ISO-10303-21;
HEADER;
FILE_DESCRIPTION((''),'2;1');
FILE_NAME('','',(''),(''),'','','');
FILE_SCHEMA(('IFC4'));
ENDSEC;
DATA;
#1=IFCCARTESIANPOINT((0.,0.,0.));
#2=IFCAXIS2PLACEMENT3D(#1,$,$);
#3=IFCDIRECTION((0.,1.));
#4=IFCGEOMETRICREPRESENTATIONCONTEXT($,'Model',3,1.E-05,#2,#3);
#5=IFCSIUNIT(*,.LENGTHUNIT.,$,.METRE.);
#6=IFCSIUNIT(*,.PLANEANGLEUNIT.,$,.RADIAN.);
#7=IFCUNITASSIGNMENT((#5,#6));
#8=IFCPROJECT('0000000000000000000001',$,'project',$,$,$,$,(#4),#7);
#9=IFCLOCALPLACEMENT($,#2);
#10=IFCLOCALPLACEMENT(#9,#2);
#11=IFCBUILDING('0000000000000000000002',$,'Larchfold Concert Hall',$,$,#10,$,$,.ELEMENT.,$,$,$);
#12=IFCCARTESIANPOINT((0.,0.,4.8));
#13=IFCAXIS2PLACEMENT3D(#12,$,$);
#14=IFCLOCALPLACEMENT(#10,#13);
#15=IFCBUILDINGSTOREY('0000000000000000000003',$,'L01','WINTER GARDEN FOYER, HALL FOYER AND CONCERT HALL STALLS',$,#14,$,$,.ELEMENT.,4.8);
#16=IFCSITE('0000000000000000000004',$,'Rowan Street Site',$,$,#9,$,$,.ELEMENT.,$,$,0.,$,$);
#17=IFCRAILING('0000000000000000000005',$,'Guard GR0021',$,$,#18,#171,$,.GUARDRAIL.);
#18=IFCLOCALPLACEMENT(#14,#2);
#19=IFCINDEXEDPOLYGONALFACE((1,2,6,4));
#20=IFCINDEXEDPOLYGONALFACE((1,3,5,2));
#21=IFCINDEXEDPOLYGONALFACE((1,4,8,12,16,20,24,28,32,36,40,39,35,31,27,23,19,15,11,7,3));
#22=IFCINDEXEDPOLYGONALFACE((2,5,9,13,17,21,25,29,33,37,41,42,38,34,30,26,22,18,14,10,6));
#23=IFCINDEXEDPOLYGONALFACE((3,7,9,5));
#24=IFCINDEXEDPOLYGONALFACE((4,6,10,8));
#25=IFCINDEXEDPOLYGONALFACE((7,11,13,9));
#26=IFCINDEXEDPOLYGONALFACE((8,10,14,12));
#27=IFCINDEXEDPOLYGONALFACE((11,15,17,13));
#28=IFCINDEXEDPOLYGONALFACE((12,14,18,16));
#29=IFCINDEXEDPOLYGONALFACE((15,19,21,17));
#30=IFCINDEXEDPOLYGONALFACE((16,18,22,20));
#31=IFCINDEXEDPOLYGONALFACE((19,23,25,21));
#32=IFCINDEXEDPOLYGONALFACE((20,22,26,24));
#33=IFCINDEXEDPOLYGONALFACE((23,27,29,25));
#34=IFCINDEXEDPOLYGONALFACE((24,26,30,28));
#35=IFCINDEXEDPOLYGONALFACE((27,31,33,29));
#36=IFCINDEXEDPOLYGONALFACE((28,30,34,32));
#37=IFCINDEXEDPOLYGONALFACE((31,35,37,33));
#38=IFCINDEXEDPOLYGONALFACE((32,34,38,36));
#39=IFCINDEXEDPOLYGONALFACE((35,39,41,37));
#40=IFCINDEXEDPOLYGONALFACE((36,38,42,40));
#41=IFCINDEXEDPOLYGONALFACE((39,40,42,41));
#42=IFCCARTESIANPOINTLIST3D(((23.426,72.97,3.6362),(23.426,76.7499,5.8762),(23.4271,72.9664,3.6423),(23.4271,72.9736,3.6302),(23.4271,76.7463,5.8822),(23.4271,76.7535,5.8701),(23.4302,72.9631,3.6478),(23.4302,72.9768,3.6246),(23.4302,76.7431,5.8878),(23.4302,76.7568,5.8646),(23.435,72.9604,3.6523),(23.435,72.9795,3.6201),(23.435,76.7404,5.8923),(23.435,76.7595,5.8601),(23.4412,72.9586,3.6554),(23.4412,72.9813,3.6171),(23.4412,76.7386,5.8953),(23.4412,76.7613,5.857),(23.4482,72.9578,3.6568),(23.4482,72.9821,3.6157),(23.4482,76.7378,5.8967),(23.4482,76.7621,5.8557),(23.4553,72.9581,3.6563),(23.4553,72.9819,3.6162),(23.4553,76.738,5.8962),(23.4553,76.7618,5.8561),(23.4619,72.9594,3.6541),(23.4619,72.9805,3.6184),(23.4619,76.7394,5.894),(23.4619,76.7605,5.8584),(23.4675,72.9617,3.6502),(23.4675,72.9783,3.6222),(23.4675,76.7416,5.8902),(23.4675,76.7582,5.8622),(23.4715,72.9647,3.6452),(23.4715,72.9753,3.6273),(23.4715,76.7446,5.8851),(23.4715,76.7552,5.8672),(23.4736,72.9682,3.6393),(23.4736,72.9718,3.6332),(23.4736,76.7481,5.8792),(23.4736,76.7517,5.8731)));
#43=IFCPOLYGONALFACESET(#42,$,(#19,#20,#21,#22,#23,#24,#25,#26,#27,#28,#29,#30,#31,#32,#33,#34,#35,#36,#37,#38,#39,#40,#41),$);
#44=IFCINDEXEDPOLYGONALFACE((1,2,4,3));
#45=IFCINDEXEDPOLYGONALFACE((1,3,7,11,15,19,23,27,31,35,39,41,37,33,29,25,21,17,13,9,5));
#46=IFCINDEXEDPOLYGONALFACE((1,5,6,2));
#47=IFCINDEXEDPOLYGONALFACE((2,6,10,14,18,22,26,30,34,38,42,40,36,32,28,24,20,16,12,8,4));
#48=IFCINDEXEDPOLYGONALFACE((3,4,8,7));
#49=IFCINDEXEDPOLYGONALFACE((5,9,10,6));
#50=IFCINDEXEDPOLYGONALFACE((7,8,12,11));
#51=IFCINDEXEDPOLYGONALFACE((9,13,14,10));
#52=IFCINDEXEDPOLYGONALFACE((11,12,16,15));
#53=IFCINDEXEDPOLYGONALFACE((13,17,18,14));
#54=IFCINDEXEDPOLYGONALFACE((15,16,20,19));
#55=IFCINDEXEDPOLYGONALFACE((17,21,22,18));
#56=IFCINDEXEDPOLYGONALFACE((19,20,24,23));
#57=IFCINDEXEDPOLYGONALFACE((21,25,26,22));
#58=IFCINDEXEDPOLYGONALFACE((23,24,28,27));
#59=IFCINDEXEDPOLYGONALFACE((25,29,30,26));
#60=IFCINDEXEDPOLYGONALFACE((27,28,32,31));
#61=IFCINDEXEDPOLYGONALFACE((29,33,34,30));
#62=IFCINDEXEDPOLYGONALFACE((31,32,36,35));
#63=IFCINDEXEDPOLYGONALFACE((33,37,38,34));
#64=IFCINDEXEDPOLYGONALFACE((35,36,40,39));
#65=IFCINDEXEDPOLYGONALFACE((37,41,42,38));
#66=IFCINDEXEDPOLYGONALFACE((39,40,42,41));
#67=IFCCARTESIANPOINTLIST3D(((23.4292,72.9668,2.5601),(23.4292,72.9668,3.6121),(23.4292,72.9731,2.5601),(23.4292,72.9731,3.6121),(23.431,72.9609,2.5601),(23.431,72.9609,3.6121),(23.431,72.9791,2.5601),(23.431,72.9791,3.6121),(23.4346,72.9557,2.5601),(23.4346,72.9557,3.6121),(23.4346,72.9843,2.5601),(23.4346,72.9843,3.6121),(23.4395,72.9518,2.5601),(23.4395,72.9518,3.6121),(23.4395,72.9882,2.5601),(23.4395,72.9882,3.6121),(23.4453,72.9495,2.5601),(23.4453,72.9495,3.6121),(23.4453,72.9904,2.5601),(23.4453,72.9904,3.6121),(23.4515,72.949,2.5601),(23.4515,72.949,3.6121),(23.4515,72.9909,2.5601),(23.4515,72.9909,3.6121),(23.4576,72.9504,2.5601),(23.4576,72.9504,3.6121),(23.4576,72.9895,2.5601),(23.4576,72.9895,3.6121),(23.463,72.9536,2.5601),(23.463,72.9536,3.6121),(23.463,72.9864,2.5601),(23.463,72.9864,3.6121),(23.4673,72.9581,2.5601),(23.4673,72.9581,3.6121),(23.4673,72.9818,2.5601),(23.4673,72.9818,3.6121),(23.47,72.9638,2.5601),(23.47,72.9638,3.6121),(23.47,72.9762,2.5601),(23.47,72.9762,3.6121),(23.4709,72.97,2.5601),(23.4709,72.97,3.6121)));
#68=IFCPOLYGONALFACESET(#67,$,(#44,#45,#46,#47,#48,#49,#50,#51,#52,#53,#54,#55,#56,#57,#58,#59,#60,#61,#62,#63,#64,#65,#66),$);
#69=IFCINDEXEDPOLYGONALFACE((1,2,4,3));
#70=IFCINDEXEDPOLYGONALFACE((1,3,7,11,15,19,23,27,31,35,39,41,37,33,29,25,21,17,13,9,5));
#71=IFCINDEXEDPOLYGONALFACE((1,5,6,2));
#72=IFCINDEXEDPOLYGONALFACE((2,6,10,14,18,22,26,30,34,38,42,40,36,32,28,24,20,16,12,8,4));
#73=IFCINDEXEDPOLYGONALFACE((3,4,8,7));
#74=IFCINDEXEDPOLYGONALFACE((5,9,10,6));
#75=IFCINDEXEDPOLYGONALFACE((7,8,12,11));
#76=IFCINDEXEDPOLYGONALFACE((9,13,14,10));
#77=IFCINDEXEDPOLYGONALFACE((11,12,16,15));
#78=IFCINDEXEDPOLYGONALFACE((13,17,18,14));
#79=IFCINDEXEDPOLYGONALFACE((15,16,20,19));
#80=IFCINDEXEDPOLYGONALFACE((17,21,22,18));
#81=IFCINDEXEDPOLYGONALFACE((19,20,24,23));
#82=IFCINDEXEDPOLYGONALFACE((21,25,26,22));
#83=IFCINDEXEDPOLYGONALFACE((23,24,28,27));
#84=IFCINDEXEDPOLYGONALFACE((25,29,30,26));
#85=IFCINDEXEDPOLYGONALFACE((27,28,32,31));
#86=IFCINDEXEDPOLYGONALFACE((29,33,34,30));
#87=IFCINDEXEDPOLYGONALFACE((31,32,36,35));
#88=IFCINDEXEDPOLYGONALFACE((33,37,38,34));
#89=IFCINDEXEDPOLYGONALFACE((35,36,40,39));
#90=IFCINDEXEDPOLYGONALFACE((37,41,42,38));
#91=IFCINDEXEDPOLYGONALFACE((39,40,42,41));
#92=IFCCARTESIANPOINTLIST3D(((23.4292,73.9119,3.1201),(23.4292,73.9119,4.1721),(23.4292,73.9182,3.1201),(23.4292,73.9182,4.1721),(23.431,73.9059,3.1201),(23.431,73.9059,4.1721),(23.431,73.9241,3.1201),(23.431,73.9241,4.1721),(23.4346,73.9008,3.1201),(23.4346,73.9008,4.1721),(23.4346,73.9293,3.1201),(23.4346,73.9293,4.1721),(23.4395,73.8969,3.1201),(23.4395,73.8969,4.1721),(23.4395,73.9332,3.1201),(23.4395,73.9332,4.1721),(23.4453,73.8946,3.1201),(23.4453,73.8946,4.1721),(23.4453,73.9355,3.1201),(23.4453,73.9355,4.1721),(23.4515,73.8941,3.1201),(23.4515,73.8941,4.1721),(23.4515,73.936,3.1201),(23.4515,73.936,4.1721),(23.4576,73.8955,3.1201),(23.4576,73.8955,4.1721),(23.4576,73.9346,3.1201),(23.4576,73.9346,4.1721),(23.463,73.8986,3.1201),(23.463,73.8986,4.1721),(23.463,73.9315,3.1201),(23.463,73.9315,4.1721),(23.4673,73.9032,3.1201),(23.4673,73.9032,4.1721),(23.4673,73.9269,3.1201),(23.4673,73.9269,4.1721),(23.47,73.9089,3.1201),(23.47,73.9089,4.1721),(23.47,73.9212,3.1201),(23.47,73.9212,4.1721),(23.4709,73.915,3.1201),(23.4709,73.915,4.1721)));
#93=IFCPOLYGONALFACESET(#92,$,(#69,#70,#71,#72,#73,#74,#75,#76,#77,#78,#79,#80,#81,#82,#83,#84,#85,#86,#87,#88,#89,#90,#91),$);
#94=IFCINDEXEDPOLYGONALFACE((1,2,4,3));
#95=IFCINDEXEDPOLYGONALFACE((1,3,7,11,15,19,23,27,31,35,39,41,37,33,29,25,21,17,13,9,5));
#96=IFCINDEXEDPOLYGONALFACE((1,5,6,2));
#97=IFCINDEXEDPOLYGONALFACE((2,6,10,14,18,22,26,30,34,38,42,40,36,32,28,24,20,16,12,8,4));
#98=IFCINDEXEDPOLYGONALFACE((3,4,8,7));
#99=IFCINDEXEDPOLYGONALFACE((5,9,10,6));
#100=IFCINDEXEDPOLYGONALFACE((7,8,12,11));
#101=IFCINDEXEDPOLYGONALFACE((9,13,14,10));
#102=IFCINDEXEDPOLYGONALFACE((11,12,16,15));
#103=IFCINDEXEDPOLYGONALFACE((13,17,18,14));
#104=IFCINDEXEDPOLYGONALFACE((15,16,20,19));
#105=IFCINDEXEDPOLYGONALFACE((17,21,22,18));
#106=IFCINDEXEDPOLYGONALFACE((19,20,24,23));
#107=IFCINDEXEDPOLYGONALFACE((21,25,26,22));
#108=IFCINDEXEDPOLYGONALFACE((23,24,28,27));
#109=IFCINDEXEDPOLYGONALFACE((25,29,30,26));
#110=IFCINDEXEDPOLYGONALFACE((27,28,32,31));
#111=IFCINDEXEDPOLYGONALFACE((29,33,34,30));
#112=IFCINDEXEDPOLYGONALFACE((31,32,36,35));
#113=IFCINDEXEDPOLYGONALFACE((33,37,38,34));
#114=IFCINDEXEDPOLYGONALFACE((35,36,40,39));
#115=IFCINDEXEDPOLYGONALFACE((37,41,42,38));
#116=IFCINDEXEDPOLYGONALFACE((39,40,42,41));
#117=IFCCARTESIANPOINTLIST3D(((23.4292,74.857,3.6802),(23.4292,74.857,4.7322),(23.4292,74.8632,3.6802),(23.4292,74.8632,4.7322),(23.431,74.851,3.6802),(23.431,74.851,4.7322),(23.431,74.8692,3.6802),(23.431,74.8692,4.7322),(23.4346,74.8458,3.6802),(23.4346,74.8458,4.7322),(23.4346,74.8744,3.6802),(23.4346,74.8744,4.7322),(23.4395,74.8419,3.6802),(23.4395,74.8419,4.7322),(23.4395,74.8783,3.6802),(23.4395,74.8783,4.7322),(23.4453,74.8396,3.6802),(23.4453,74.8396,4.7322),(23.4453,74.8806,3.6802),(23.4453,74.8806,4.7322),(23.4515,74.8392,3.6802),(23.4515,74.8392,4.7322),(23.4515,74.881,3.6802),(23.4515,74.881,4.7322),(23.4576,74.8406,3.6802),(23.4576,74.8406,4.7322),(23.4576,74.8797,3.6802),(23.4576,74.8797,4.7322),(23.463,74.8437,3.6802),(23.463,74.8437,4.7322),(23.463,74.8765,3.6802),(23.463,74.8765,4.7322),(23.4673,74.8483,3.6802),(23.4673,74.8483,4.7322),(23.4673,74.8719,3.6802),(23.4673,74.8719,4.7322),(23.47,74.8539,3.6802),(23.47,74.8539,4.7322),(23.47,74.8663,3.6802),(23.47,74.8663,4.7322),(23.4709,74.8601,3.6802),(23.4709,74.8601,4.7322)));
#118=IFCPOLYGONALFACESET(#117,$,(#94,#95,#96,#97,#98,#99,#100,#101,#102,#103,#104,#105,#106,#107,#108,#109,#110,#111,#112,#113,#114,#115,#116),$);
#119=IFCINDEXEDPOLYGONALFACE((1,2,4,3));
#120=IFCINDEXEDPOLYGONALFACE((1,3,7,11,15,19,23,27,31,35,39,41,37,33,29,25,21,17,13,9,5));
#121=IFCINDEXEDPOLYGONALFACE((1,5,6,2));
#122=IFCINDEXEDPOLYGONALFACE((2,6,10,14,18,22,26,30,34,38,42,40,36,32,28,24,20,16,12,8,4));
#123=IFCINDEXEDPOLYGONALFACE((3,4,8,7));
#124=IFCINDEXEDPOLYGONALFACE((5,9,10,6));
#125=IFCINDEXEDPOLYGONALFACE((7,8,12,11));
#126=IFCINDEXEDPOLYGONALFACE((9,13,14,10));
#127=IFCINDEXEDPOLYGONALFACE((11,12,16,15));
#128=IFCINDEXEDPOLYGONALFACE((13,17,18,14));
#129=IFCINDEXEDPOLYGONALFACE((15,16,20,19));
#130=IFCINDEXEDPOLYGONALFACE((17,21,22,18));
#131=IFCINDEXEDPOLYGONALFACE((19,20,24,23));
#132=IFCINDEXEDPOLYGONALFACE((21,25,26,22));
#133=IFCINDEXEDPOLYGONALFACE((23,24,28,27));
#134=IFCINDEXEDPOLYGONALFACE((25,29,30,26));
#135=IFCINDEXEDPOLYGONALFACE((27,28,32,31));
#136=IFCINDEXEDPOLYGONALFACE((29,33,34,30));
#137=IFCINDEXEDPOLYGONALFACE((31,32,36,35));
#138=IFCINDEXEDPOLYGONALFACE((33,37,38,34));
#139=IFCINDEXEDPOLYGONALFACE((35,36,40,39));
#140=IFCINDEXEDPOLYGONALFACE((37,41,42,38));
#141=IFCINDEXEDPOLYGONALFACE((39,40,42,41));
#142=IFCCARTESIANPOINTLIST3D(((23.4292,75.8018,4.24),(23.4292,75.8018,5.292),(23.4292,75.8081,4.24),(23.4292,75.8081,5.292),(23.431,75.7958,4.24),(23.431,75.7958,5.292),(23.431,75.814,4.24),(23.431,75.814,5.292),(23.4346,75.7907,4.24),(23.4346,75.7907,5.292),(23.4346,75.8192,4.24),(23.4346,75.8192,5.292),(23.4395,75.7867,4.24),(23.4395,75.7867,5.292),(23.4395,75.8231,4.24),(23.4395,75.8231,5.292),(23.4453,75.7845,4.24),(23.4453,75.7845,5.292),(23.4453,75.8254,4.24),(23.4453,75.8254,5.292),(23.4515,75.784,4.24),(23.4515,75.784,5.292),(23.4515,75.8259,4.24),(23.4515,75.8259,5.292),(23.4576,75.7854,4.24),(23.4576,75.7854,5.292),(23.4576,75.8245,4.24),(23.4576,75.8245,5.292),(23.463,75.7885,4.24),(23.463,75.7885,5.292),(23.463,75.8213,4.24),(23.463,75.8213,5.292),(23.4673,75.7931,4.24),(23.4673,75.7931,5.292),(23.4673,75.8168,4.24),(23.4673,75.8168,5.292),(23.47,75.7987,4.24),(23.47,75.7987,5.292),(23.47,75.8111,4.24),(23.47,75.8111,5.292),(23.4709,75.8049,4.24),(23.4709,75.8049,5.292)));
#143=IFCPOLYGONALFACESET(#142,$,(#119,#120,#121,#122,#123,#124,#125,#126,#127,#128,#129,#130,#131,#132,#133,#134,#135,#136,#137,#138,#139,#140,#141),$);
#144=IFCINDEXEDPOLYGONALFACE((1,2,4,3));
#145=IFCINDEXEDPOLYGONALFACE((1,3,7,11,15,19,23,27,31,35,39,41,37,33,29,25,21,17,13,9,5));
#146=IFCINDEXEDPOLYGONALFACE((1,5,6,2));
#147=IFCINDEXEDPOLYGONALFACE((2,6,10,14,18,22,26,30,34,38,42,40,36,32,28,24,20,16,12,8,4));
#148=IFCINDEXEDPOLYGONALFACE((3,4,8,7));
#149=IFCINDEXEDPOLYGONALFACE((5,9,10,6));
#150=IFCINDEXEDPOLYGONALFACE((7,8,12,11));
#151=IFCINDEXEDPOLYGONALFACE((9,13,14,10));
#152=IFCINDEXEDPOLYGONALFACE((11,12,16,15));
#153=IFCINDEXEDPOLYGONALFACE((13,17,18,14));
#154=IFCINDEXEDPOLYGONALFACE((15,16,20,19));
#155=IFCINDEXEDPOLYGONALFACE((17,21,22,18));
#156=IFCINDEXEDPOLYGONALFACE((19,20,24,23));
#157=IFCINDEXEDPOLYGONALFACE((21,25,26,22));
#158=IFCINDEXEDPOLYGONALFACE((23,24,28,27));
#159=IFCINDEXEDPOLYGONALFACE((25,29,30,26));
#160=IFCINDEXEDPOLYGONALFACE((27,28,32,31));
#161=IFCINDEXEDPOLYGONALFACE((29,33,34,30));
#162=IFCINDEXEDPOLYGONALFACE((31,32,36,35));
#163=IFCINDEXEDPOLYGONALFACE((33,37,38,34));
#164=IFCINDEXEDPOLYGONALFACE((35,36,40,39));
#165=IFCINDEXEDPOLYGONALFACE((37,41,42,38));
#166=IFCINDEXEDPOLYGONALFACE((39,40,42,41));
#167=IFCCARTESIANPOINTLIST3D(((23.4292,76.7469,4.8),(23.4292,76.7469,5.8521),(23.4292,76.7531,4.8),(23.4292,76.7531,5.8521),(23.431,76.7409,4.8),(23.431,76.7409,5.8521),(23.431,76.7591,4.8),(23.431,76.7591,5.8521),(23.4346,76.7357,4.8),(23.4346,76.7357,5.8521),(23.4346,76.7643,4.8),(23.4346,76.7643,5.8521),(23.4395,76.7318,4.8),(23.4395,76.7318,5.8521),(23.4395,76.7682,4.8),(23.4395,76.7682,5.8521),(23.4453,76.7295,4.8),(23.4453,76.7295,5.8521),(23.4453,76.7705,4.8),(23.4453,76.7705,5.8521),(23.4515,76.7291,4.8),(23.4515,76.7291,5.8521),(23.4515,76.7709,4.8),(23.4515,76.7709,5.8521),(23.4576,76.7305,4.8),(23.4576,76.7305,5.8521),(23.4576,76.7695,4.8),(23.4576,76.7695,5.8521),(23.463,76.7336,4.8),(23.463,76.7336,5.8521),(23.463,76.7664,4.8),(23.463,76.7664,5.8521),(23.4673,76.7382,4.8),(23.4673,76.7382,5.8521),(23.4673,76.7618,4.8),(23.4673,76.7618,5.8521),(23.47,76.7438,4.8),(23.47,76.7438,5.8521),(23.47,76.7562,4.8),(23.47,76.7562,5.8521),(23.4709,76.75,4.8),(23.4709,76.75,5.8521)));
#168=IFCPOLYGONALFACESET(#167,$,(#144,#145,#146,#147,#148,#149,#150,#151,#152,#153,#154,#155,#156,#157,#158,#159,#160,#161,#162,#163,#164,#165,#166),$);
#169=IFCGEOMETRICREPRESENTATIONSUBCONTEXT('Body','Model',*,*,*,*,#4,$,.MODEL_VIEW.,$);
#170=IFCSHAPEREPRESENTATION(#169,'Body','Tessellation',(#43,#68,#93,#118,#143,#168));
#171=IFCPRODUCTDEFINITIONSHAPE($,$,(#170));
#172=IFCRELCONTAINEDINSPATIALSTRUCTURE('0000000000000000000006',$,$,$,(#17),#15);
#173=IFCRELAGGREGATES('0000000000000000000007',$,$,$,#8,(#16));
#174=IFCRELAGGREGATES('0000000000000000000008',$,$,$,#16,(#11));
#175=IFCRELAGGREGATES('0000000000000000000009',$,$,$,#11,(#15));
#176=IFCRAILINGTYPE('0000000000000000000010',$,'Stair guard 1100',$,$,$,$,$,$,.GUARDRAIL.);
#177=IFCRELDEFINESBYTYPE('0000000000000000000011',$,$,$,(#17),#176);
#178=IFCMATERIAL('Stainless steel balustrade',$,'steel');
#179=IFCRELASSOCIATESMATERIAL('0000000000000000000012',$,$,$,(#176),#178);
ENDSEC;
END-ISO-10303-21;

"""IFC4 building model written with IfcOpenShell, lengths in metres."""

from ifc_helpers import new_model, si_unit, direction, frame, origin, origin_2d, place, context, subcontext, project, spatial, circle, extrude, material, type_object, element, save


model = new_model("IFC4")

# Units and contexts
model_context = context("Model", 3, precision=1e-05, world=origin(), true_north=direction((0.0, 1.0)))
body_context = subcontext(model_context, "Body", "Model", "MODEL_VIEW")
ifc_project = project(units=[si_unit("LENGTHUNIT", "METRE"), si_unit("PLANEANGLEUNIT", "RADIAN")], contexts=[model_context])

# Site, building, storey
site_placement = place(None, origin())
site = spatial("IfcSite", under=ifc_project, at=site_placement, Name="Rowan Street Site", CompositionType="ELEMENT", RefElevation=0.0)
building_placement = place(site_placement, origin())
building = spatial("IfcBuilding", under=site, at=building_placement, Name="Larchfold Concert Hall", CompositionType="ELEMENT")
storey_placement = place(building_placement, frame((0.0, 0.0, 4.8)))
storey = spatial("IfcBuildingStorey", under=building, at=storey_placement, Name="L01", Description="WINTER GARDEN FOYER, HALL FOYER AND CONCERT HALL STALLS", CompositionType="ELEMENT", Elevation=4.8)

# Railing
ifc_material_1 = material(Name="Stainless steel balustrade", Category="steel")
railing_type_1 = type_object("IfcRailingType", Name="Stair guard 1100", PredefinedType="GUARDRAIL", material=ifc_material_1)
railing_1_placement = place(storey_placement, frame((23.45, 72.97, 2.5601)))
element("IfcRailing", 1, at=railing_1_placement, inside=storey, type_object=railing_type_1, Name="Guard GR0021", PredefinedType="GUARDRAIL", context=body_context, shape_type="SweptSolid", body=[
    extrude(circle(Radius=0.0239, at=origin_2d()), frame((0.0, 0.0, 1.0762), z_axis=(0.0, 0.860294, 0.509798), x_axis=(-1.0, 0.0, 0.0)), (0.0, 0.0, 1.0), 4.3938),
    extrude(circle(Radius=0.021, at=origin_2d()), origin(), (0.0, 0.0, 1.0), 1.052),
    extrude(circle(Radius=0.021, at=origin_2d()), frame((0.0, 0.9451, 0.5601)), (0.0, 0.0, 1.0), 1.052),
    extrude(circle(Radius=0.021, at=origin_2d()), frame((0.0, 1.8901, 1.1201)), (0.0, 0.0, 1.0), 1.052),
    extrude(circle(Radius=0.021, at=origin_2d()), frame((0.0, 2.835, 1.6799)), (0.0, 0.0, 1.0), 1.052),
    extrude(circle(Radius=0.021, at=origin_2d()), frame((0.0, 3.78, 2.24)), (0.0, 0.0, 1.0), 1.052),
])

save(model, "model.ifc")
